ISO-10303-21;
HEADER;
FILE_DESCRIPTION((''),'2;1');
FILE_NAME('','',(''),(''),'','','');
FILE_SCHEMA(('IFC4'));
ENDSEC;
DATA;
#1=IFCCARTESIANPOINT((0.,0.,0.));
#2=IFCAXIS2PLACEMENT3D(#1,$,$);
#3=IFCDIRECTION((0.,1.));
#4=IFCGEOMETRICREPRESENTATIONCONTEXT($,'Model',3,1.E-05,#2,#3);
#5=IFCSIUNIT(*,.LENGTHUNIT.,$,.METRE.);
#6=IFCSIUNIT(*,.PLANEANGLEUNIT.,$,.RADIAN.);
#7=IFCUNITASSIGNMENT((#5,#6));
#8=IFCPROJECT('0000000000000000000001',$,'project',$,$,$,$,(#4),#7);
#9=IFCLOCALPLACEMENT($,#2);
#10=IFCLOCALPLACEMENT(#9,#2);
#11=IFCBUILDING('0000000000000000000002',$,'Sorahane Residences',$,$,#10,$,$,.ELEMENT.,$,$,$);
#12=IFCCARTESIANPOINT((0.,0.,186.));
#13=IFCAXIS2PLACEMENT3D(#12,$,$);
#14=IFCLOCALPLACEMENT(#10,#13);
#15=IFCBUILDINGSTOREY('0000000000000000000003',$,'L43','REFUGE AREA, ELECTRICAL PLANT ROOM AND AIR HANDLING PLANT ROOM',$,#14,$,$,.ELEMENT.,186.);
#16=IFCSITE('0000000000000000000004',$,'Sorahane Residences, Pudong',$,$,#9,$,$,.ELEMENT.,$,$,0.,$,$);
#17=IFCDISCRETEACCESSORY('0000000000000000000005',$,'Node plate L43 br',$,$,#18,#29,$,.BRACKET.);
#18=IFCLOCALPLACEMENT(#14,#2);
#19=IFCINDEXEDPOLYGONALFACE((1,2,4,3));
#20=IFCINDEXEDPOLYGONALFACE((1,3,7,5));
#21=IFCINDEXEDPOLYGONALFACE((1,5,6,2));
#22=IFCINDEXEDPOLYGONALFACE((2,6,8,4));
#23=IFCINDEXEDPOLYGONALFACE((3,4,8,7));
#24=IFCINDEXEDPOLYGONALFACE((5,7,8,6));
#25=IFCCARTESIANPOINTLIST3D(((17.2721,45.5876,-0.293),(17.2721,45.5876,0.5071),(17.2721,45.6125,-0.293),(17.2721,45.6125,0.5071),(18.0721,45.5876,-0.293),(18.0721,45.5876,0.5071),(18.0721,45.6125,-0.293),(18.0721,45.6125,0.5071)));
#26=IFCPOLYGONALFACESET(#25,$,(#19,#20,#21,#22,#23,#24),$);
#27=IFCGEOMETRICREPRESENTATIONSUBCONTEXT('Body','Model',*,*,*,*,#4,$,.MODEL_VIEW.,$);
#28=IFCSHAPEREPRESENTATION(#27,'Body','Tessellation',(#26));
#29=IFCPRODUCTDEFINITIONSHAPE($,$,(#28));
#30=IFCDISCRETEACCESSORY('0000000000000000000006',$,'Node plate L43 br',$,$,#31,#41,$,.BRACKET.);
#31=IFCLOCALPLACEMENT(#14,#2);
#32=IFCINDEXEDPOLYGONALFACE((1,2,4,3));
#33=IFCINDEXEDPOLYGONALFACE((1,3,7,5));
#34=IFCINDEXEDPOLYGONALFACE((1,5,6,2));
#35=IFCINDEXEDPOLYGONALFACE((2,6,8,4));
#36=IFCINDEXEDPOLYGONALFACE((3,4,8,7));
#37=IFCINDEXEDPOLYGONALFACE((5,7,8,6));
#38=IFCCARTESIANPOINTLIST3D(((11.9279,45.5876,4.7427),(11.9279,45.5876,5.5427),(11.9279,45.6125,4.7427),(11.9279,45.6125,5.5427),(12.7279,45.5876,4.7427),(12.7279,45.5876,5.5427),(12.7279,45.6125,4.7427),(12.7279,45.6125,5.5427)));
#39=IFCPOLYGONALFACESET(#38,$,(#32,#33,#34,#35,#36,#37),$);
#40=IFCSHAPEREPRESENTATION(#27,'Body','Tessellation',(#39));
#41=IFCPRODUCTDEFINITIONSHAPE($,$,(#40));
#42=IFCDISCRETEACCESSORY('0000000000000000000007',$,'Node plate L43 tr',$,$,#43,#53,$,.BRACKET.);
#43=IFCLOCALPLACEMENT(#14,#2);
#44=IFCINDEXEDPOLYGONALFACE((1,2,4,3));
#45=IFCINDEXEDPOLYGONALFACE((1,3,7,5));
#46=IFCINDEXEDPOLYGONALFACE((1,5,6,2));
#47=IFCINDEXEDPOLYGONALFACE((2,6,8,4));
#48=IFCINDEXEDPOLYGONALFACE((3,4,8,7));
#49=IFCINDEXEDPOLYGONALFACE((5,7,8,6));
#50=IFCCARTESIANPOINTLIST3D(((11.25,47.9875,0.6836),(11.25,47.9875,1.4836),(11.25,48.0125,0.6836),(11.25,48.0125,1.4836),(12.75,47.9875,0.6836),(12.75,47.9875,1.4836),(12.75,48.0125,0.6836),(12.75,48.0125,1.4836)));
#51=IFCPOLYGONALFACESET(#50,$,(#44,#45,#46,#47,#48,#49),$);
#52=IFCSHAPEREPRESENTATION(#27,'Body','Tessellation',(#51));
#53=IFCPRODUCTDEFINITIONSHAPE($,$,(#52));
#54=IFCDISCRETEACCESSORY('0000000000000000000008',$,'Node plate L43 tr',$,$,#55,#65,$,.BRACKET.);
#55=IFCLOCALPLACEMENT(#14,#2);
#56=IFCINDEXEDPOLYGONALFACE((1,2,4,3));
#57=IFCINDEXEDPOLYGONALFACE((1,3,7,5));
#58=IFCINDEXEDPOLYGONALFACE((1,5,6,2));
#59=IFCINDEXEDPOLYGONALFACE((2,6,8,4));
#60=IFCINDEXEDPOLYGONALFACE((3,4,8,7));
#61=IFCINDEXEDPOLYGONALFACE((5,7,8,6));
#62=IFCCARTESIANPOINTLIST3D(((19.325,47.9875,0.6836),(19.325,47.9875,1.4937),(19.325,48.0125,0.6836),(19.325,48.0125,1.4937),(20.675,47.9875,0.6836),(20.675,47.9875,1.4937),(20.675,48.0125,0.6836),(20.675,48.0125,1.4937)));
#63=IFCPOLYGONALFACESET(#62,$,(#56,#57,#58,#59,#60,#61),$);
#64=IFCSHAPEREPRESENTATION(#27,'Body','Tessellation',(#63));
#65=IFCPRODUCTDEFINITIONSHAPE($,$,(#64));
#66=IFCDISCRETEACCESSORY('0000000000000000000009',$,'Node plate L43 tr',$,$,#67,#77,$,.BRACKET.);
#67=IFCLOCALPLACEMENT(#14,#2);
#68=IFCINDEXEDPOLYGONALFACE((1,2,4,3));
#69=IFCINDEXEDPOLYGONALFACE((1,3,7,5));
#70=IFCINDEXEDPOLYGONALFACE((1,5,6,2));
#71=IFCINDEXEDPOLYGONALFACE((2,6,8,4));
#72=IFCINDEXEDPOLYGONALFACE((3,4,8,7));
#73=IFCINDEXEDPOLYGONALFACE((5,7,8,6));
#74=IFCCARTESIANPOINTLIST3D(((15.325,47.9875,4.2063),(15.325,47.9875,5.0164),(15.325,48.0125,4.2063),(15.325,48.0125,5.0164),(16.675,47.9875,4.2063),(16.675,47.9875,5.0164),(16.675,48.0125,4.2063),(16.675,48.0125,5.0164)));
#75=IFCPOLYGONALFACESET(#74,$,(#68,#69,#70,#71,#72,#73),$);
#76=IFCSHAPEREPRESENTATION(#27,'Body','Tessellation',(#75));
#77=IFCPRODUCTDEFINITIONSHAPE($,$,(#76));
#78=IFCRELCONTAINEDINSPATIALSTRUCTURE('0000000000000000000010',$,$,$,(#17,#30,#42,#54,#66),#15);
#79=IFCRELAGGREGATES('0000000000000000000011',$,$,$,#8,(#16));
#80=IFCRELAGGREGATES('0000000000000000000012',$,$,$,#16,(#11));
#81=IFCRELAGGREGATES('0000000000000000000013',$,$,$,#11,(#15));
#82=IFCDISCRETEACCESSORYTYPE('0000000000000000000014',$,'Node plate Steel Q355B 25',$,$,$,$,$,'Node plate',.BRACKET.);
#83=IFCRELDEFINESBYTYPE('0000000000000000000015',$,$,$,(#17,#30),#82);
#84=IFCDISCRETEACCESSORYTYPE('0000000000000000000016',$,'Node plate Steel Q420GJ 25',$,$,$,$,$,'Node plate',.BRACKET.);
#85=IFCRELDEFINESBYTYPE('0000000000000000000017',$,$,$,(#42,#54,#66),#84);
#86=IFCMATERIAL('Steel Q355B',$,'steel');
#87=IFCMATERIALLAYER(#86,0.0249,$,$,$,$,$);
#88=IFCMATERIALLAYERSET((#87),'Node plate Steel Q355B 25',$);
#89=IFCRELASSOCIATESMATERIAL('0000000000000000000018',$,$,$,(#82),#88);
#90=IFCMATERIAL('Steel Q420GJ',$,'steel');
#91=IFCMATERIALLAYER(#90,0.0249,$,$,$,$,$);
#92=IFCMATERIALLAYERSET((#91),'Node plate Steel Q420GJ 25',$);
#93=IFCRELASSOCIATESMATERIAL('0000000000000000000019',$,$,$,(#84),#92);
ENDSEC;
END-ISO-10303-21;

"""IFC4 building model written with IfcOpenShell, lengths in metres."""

from ifc_helpers import new_model, si_unit, direction, frame, origin, origin_2d, place, context, subcontext, project, spatial, rectangle, extrude, material, layer, layer_set, type_object, element, save


model = new_model("IFC4")

# Units and contexts
model_context = context("Model", 3, precision=1e-05, world=origin(), true_north=direction((0.0, 1.0)))
body_context = subcontext(model_context, "Body", "Model", "MODEL_VIEW")
ifc_project = project(units=[si_unit("LENGTHUNIT", "METRE"), si_unit("PLANEANGLEUNIT", "RADIAN")], contexts=[model_context])

# Site, building, storey
site_placement = place(None, origin())
site = spatial("IfcSite", under=ifc_project, at=site_placement, Name="Sorahane Residences, Pudong", CompositionType="ELEMENT", RefElevation=0.0)
building_placement = place(site_placement, origin())
building = spatial("IfcBuilding", under=site, at=building_placement, Name="Sorahane Residences", CompositionType="ELEMENT")
storey_placement = place(building_placement, frame((0.0, 0.0, 186.0)))
storey = spatial("IfcBuildingStorey", under=building, at=storey_placement, Name="L43", Description="REFUGE AREA, ELECTRICAL PLANT ROOM AND AIR HANDLING PLANT ROOM", CompositionType="ELEMENT", Elevation=186.0)

# Discrete accessories
ifc_material_1 = material(Name="Steel Q355B", Category="steel")
ifc_layer_1 = layer(ifc_material_1, 0.0249)
ifc_layer_set_1 = layer_set([ifc_layer_1], Name="Node plate Steel Q355B 25")
discrete_accessory_type_1 = type_object("IfcDiscreteAccessoryType", Name="Node plate Steel Q355B 25", ElementType="Node plate", PredefinedType="BRACKET", material=ifc_layer_set_1)
for number, where, z_axis, x_axis, name in (
    (1, (17.6721, 45.6001, -0.293), (0.0, 0.0, 1.0), (1.0, 0.0, 0.0), "Node plate L43 br"),
    (2, (12.3279, 45.6001, 4.7427), (0.0, 0.0, 1.0), (1.0, 0.0, 0.0), "Node plate L43 br"),
):
    element("IfcDiscreteAccessory", number, at=place(storey_placement, frame(where, z_axis=z_axis, x_axis=x_axis)), inside=storey, type_object=discrete_accessory_type_1, Name=name, PredefinedType="BRACKET", context=body_context, shape_type="SweptSolid", body=[
        extrude(rectangle(XDim=0.8, YDim=0.0249, at=origin_2d()), origin(), (0.0, 0.0, 1.0), 0.8),
    ])
ifc_material_2 = material(Name="Steel Q420GJ", Category="steel")
ifc_layer_2 = layer(ifc_material_2, 0.0249)
ifc_layer_set_2 = layer_set([ifc_layer_2], Name="Node plate Steel Q420GJ 25")
discrete_accessory_type_2 = type_object("IfcDiscreteAccessoryType", Name="Node plate Steel Q420GJ 25", ElementType="Node plate", PredefinedType="BRACKET", material=ifc_layer_set_2)
discrete_accessory_1_placement = place(storey_placement, frame((12.0, 48.0, 0.6836), z_axis=(0.0, 0.0, 1.0), x_axis=(1.0, 0.0, 0.0)))
element("IfcDiscreteAccessory", 3, at=discrete_accessory_1_placement, inside=storey, type_object=discrete_accessory_type_2, Name="Node plate L43 tr", PredefinedType="BRACKET", context=body_context, shape_type="SweptSolid", body=[
    extrude(rectangle(XDim=1.5, YDim=0.0249, at=origin_2d()), origin(), (0.0, 0.0, 1.0), 0.8),
])
for number, where, z_axis, x_axis, name in (
    (4, (20.0, 48.0, 0.6836), (0.0, 0.0, 1.0), (1.0, 0.0, 0.0), "Node plate L43 tr"),
    (5, (16.0, 48.0, 4.2063), (0.0, 0.0, 1.0), (1.0, 0.0, 0.0), "Node plate L43 tr"),
):
    element("IfcDiscreteAccessory", number, at=place(storey_placement, frame(where, z_axis=z_axis, x_axis=x_axis)), inside=storey, type_object=discrete_accessory_type_2, Name=name, PredefinedType="BRACKET", context=body_context, shape_type="SweptSolid", body=[
        extrude(rectangle(XDim=1.3501, YDim=0.0249, at=origin_2d()), origin(), (0.0, 0.0, 1.0), 0.8101),
    ])

save(model, "model.ifc")
